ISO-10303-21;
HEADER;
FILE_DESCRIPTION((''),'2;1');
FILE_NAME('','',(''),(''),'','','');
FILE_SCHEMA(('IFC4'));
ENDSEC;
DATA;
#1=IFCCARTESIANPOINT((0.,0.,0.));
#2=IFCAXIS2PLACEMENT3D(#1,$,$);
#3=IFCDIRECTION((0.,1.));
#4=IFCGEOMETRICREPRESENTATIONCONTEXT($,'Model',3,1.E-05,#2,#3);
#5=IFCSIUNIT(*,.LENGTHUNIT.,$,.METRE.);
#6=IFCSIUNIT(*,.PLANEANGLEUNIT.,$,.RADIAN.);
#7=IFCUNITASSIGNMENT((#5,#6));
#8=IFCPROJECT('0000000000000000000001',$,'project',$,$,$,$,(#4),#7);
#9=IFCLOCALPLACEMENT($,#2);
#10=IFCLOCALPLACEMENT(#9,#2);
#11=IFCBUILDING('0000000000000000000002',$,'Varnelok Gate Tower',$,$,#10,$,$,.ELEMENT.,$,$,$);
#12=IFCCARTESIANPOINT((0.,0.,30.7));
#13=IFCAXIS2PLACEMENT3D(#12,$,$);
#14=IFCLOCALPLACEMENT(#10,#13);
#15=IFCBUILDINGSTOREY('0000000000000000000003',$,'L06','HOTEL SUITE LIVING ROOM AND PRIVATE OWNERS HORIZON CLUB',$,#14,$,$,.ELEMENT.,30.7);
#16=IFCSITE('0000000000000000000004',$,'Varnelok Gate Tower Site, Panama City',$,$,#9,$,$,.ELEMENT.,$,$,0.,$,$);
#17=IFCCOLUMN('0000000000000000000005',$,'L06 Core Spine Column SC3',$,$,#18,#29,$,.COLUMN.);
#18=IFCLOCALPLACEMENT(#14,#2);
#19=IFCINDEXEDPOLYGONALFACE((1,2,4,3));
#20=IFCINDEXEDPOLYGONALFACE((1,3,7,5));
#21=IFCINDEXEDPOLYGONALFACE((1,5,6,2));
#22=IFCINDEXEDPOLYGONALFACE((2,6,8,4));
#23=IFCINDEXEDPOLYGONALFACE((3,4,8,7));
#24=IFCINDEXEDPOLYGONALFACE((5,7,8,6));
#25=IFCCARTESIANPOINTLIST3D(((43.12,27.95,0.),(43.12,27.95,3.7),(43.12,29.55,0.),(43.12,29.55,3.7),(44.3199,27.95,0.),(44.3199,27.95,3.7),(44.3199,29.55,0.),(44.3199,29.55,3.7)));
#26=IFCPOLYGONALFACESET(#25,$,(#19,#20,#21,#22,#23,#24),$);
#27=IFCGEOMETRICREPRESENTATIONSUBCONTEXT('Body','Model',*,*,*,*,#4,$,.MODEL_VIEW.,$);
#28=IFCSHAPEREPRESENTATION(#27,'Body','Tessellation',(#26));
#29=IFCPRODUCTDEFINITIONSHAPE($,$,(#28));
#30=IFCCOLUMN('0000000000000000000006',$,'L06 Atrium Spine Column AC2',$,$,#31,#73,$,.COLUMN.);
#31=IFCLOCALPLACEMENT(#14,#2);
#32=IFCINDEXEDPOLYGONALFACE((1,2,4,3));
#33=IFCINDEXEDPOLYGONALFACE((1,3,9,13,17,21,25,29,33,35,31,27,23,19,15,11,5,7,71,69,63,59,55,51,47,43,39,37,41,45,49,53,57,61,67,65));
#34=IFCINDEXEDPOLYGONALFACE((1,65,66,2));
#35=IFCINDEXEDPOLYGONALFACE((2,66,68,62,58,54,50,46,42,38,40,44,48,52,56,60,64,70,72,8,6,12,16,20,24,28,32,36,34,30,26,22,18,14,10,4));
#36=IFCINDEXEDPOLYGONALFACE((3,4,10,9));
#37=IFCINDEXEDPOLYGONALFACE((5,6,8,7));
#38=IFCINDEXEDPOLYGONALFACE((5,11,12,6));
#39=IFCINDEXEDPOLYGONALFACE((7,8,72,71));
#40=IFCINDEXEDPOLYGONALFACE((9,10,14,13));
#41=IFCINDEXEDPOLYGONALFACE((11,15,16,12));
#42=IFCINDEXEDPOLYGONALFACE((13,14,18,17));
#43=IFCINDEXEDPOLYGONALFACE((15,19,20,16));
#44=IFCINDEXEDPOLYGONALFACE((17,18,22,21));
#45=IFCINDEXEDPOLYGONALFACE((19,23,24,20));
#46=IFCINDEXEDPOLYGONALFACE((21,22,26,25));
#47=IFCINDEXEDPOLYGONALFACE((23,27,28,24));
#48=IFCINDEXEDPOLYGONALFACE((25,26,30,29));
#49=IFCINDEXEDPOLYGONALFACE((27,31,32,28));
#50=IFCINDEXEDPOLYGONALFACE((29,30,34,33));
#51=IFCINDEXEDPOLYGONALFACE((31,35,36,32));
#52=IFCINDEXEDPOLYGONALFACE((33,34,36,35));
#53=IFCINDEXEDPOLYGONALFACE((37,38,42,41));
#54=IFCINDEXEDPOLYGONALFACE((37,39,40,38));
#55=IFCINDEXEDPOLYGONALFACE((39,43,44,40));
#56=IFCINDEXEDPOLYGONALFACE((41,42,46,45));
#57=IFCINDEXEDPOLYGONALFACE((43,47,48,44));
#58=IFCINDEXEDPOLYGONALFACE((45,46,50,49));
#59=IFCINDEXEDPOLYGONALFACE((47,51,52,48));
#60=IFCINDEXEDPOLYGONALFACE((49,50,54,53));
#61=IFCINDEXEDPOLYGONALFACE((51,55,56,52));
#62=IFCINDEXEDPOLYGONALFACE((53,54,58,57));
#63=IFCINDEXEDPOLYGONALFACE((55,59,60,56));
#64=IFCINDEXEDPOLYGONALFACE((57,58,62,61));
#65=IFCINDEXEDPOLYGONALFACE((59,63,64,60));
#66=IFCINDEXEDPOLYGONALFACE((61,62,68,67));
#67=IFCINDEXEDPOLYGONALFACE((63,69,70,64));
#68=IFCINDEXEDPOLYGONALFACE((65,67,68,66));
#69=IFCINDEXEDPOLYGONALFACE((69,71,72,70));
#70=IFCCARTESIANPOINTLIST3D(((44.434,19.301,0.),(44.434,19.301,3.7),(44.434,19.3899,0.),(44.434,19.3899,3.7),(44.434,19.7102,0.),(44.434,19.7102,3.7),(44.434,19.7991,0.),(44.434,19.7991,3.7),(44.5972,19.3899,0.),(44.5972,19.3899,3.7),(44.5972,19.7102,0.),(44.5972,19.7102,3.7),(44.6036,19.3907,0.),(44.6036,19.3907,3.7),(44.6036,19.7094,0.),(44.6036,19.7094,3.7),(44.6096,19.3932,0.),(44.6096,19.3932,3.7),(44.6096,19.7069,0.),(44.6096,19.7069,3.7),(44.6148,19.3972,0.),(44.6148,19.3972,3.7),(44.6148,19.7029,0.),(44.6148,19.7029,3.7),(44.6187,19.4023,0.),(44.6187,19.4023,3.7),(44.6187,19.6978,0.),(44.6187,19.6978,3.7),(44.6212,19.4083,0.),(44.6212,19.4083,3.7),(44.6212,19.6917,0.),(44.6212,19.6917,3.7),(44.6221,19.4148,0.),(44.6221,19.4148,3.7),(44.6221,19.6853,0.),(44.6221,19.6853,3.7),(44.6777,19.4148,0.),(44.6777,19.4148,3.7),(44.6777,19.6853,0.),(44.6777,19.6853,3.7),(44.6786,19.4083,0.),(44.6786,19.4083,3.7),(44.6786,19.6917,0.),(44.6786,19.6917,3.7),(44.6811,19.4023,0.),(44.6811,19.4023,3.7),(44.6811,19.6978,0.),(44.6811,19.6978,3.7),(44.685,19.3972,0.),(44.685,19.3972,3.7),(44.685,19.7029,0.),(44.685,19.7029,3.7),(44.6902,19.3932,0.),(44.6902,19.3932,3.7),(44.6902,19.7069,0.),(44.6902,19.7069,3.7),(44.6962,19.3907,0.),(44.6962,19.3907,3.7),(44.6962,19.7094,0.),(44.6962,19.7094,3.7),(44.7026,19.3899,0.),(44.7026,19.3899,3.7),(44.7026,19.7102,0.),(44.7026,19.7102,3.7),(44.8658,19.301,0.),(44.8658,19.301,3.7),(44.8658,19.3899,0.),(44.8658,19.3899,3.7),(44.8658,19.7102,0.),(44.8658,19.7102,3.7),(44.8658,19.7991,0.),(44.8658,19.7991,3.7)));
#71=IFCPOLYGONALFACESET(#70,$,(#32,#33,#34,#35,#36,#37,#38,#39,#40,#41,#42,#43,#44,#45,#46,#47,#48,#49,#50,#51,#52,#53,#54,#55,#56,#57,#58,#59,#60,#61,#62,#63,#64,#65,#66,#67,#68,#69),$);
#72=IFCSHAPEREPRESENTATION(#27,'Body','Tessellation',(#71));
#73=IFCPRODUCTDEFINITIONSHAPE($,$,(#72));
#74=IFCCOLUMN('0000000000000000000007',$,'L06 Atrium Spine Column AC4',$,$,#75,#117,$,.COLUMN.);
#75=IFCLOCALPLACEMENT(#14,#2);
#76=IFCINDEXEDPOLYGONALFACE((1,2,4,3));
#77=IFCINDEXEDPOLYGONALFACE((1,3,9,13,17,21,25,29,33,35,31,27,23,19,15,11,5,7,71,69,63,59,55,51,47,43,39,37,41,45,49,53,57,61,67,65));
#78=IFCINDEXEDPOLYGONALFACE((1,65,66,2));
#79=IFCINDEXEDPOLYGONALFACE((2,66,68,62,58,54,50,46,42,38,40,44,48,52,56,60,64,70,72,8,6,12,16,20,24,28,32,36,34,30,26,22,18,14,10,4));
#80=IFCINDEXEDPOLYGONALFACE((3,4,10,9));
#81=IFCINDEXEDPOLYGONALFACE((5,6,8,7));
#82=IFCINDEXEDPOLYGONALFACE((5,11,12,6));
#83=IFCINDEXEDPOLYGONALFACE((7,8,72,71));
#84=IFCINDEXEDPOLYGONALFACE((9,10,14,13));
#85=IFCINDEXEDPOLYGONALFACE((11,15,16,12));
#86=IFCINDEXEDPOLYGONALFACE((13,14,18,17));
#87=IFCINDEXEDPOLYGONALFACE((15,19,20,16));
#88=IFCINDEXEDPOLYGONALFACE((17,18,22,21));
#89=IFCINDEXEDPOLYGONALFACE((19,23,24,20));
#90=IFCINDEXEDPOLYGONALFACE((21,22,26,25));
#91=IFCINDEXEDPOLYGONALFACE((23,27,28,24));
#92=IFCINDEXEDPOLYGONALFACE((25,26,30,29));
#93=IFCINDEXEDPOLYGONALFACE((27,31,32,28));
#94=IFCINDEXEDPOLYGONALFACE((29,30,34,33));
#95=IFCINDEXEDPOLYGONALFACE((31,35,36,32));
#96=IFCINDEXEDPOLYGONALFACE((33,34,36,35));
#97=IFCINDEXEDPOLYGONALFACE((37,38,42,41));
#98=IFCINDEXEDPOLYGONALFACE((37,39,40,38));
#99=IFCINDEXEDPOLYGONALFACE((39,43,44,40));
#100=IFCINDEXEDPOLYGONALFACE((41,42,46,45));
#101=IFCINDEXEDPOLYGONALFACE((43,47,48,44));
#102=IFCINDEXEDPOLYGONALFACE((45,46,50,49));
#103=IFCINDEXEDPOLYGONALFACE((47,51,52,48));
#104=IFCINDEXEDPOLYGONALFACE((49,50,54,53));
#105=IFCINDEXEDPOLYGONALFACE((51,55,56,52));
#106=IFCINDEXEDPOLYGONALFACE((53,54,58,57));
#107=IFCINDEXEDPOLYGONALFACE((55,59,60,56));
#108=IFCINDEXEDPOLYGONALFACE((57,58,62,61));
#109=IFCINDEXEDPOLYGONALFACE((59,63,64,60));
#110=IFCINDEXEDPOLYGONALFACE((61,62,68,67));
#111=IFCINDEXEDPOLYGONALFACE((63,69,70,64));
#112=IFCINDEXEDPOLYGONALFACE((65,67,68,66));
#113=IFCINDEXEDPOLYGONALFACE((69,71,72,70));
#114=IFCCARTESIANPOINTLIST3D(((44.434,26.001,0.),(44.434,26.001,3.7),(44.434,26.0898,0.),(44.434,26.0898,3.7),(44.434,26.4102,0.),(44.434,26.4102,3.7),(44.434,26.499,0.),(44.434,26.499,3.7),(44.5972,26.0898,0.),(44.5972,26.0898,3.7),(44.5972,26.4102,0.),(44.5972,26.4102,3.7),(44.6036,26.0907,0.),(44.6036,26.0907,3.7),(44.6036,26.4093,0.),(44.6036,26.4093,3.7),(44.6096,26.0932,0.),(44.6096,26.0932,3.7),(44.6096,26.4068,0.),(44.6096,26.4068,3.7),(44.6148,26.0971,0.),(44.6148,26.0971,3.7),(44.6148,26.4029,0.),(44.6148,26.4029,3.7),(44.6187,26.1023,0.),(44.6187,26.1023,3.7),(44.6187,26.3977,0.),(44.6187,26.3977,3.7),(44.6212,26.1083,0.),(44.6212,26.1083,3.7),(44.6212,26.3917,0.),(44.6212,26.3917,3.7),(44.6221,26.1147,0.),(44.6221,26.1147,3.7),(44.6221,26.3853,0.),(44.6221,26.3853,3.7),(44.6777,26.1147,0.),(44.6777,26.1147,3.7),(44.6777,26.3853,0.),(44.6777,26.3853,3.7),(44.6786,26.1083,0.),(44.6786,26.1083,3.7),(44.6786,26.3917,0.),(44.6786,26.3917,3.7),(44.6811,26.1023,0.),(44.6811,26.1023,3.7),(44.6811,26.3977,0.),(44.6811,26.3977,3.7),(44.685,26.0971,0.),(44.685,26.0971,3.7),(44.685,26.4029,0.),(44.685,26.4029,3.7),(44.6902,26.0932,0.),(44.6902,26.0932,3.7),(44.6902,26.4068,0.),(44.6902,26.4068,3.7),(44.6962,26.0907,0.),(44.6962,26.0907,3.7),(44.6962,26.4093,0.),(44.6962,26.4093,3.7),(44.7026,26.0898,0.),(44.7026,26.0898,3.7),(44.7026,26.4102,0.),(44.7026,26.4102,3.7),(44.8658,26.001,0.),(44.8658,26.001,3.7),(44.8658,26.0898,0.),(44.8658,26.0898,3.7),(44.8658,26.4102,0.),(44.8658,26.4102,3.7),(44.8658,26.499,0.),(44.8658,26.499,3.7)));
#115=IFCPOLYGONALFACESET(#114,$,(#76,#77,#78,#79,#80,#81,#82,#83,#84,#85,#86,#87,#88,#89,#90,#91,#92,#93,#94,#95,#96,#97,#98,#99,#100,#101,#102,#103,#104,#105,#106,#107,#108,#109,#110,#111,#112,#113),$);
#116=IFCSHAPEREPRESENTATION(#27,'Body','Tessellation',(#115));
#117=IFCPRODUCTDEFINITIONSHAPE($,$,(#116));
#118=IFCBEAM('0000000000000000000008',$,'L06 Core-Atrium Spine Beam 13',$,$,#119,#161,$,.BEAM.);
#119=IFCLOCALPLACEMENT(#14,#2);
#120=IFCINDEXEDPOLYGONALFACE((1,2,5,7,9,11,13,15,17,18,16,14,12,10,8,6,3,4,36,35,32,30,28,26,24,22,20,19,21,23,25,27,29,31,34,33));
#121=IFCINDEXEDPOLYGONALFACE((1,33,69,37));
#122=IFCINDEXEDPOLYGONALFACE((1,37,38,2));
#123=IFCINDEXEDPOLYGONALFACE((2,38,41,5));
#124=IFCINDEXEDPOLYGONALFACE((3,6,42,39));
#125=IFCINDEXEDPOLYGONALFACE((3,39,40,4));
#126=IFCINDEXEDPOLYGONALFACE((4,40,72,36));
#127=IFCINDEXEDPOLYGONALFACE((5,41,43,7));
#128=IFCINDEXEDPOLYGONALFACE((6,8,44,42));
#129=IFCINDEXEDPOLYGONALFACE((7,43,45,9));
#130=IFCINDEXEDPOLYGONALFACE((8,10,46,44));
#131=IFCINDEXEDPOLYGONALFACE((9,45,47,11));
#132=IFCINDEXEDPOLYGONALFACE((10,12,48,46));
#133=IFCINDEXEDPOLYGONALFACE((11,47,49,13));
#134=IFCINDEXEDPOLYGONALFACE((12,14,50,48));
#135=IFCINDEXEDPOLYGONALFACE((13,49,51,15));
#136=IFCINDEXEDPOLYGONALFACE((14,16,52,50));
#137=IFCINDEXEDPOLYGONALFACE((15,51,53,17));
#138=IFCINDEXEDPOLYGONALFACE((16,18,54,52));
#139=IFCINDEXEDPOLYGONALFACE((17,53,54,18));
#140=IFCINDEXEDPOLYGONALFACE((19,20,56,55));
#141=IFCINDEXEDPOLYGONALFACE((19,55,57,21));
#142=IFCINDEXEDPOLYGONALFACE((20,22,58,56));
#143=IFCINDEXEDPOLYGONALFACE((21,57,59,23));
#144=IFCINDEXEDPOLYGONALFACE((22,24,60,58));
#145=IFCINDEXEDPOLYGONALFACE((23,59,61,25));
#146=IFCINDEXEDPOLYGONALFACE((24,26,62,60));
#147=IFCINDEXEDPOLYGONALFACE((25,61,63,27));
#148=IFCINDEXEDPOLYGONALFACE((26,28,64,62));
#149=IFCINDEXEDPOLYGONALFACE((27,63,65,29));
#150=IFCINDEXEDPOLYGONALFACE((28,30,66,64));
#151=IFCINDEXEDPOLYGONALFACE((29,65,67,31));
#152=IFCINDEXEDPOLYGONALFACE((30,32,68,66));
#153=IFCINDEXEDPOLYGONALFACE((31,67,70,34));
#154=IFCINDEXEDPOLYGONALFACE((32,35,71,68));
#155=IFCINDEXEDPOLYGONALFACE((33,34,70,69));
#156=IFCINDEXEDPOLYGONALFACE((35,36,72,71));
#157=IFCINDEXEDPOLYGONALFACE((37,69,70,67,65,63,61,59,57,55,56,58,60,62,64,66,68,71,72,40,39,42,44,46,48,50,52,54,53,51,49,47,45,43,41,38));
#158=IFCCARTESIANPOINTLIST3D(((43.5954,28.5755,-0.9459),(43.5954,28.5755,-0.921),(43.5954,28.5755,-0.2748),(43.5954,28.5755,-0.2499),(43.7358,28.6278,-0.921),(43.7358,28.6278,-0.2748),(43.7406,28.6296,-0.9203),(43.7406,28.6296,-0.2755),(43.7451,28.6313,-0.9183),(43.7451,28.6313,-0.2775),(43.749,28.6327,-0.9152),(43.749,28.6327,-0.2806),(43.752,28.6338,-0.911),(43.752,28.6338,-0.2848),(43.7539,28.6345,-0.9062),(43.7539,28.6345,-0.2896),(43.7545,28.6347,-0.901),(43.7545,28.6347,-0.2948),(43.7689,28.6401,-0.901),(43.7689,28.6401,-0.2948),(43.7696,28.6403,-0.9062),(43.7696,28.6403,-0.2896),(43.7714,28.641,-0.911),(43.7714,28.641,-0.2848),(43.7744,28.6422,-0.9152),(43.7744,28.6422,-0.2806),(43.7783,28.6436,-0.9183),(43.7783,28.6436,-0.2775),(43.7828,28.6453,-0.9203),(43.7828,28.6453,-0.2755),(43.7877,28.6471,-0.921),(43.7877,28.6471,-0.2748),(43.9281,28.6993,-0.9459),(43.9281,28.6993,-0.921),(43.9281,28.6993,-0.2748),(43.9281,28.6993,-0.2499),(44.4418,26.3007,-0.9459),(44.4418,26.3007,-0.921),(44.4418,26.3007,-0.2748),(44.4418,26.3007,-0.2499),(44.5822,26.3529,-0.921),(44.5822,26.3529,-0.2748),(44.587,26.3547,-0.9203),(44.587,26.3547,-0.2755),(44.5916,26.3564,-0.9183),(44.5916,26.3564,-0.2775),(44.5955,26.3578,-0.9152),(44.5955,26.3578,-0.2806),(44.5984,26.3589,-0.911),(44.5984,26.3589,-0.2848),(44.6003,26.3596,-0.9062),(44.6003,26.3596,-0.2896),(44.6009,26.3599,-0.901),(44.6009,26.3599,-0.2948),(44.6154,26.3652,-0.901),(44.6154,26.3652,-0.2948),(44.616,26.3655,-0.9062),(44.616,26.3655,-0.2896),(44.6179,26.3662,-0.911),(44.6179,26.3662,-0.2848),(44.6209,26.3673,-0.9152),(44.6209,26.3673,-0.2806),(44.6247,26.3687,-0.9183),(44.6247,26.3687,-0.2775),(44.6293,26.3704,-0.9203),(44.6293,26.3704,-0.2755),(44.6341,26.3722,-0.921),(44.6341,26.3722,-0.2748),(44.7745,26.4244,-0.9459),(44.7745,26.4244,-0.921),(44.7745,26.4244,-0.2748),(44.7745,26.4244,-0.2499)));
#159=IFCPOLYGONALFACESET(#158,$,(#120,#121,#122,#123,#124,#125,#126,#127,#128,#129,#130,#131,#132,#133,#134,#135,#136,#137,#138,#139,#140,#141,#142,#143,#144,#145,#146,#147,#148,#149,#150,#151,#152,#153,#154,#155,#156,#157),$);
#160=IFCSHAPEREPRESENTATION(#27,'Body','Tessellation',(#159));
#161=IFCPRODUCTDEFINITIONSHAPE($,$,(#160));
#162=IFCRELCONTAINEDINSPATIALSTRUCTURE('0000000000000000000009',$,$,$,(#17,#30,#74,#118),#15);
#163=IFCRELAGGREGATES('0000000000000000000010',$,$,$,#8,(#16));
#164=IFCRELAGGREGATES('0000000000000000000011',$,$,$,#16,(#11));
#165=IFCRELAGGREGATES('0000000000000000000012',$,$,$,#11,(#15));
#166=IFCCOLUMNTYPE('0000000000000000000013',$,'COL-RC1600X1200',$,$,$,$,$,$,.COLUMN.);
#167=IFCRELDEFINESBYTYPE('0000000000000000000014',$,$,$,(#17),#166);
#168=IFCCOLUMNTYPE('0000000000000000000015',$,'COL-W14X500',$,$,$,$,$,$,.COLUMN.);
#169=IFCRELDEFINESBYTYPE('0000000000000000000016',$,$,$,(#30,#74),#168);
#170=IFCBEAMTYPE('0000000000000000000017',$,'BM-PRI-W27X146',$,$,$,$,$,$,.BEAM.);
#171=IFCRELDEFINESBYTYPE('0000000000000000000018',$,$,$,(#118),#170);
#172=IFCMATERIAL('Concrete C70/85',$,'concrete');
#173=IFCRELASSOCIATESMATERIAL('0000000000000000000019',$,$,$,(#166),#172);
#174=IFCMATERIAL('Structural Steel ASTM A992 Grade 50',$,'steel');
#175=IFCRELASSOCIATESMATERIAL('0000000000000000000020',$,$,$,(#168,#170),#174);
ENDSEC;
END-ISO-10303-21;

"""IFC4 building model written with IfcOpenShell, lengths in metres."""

from ifc_helpers import new_model, si_unit, direction, frame, origin, origin_2d, place, context, subcontext, project, spatial, rectangle, i_section, extrude, material, material_profile, profile_set, type_object, element, save


model = new_model("IFC4")

# Units and contexts
model_context = context("Model", 3, precision=1e-05, world=origin(), true_north=direction((0.0, 1.0)))
body_context = subcontext(model_context, "Body", "Model", "MODEL_VIEW")
ifc_project = project(units=[si_unit("LENGTHUNIT", "METRE"), si_unit("PLANEANGLEUNIT", "RADIAN")], contexts=[model_context])

# Site, building, storey
site_placement = place(None, origin())
site = spatial("IfcSite", under=ifc_project, at=site_placement, Name="Varnelok Gate Tower Site, Panama City", CompositionType="ELEMENT", RefElevation=0.0)
building_placement = place(site_placement, origin())
building = spatial("IfcBuilding", under=site, at=building_placement, Name="Varnelok Gate Tower", CompositionType="ELEMENT")
storey_placement = place(building_placement, frame((0.0, 0.0, 30.7)))
storey = spatial("IfcBuildingStorey", under=building, at=storey_placement, Name="L06", Description="HOTEL SUITE LIVING ROOM AND PRIVATE OWNERS HORIZON CLUB", CompositionType="ELEMENT", Elevation=30.7)

# Columns
ifc_material_1 = material(Name="Concrete C70/85", Category="concrete")
ifc_material_profile_1 = material_profile(ifc_material_1, rectangle(XDim=1.2, YDim=1.6001, at=origin_2d()), Name="RC1600X1200")
ifc_profile_set_1 = profile_set([ifc_material_profile_1], Name="Concrete C70/85")
column_type_1 = type_object("IfcColumnType", Name="COL-RC1600X1200", PredefinedType="COLUMN", material=ifc_profile_set_1)
column_placement = place(storey_placement, frame((43.72, 28.75, 0.0), z_axis=(0.0, 0.0, 1.0), x_axis=(1.0, 0.0, 0.0)))
element("IfcColumn", 1, at=column_placement, inside=storey, type_object=column_type_1, Name="L06 Core Spine Column SC3", PredefinedType="COLUMN", context=body_context, shape_type="SweptSolid", body=[
    extrude(rectangle(XDim=1.2, YDim=1.6001, at=origin_2d()), origin(), (0.0, 0.0, 1.0), 3.7),
])
ifc_material_2 = material(Name="Structural Steel ASTM A992 Grade 50", Category="steel")
ifc_material_profile_2 = material_profile(ifc_material_2, i_section(OverallWidth=0.4319, OverallDepth=0.498, WebThickness=0.0557, FlangeThickness=0.0889, FilletRadius=0.0249, at=origin_2d()), Name="W14X500")
ifc_profile_set_2 = profile_set([ifc_material_profile_2], Name="Structural Steel ASTM A992 Grade 50")
column_type_2 = type_object("IfcColumnType", Name="COL-W14X500", PredefinedType="COLUMN", material=ifc_profile_set_2)
for number, where, z_axis, x_axis, name in (
    (2, (44.6499, 19.55, 0.0), (0.0, 0.0, 1.0), (1.0, 0.0, 0.0), "L06 Atrium Spine Column AC2"),
    (3, (44.6499, 26.25, 0.0), (0.0, 0.0, 1.0), (1.0, 0.0, 0.0), "L06 Atrium Spine Column AC4"),
):
    element("IfcColumn", number, at=place(storey_placement, frame(where, z_axis=z_axis, x_axis=x_axis)), inside=storey, type_object=column_type_2, Name=name, PredefinedType="COLUMN", context=body_context, shape_type="SweptSolid", body=[
        extrude(i_section(OverallWidth=0.4319, OverallDepth=0.498, WebThickness=0.0557, FlangeThickness=0.0889, FilletRadius=0.0249, at=origin_2d()), origin(), (0.0, 0.0, 1.0), 3.7),
    ])

# Beam
ifc_material_profile_3 = material_profile(ifc_material_2, i_section(OverallWidth=0.355, OverallDepth=0.696, WebThickness=0.0154, FlangeThickness=0.0249, FilletRadius=0.02, at=origin_2d()), Name="W27X146")
ifc_profile_set_3 = profile_set([ifc_material_profile_3], Name="Structural Steel ASTM A992 Grade 50")
beam_type_1 = type_object("IfcBeamType", Name="BM-PRI-W27X146", PredefinedType="BEAM", material=ifc_profile_set_3)
beam_1_placement = place(storey_placement, frame((44.6082, 26.3625, -0.5979), z_axis=(-0.348719, 0.937227, 0.0), x_axis=(-0.937227, -0.348719, 0.0)))
element("IfcBeam", 4, at=beam_1_placement, inside=storey, type_object=beam_type_1, Name="L06 Core-Atrium Spine Beam 13", PredefinedType="BEAM", context=body_context, shape_type="SweptSolid", body=[
    extrude(i_section(OverallWidth=0.355, OverallDepth=0.696, WebThickness=0.0154, FlangeThickness=0.0249, FilletRadius=0.02, at=origin_2d()), origin(), (0.0, 0.0, 1.0), 2.4272),
])

save(model, "model.ifc")
